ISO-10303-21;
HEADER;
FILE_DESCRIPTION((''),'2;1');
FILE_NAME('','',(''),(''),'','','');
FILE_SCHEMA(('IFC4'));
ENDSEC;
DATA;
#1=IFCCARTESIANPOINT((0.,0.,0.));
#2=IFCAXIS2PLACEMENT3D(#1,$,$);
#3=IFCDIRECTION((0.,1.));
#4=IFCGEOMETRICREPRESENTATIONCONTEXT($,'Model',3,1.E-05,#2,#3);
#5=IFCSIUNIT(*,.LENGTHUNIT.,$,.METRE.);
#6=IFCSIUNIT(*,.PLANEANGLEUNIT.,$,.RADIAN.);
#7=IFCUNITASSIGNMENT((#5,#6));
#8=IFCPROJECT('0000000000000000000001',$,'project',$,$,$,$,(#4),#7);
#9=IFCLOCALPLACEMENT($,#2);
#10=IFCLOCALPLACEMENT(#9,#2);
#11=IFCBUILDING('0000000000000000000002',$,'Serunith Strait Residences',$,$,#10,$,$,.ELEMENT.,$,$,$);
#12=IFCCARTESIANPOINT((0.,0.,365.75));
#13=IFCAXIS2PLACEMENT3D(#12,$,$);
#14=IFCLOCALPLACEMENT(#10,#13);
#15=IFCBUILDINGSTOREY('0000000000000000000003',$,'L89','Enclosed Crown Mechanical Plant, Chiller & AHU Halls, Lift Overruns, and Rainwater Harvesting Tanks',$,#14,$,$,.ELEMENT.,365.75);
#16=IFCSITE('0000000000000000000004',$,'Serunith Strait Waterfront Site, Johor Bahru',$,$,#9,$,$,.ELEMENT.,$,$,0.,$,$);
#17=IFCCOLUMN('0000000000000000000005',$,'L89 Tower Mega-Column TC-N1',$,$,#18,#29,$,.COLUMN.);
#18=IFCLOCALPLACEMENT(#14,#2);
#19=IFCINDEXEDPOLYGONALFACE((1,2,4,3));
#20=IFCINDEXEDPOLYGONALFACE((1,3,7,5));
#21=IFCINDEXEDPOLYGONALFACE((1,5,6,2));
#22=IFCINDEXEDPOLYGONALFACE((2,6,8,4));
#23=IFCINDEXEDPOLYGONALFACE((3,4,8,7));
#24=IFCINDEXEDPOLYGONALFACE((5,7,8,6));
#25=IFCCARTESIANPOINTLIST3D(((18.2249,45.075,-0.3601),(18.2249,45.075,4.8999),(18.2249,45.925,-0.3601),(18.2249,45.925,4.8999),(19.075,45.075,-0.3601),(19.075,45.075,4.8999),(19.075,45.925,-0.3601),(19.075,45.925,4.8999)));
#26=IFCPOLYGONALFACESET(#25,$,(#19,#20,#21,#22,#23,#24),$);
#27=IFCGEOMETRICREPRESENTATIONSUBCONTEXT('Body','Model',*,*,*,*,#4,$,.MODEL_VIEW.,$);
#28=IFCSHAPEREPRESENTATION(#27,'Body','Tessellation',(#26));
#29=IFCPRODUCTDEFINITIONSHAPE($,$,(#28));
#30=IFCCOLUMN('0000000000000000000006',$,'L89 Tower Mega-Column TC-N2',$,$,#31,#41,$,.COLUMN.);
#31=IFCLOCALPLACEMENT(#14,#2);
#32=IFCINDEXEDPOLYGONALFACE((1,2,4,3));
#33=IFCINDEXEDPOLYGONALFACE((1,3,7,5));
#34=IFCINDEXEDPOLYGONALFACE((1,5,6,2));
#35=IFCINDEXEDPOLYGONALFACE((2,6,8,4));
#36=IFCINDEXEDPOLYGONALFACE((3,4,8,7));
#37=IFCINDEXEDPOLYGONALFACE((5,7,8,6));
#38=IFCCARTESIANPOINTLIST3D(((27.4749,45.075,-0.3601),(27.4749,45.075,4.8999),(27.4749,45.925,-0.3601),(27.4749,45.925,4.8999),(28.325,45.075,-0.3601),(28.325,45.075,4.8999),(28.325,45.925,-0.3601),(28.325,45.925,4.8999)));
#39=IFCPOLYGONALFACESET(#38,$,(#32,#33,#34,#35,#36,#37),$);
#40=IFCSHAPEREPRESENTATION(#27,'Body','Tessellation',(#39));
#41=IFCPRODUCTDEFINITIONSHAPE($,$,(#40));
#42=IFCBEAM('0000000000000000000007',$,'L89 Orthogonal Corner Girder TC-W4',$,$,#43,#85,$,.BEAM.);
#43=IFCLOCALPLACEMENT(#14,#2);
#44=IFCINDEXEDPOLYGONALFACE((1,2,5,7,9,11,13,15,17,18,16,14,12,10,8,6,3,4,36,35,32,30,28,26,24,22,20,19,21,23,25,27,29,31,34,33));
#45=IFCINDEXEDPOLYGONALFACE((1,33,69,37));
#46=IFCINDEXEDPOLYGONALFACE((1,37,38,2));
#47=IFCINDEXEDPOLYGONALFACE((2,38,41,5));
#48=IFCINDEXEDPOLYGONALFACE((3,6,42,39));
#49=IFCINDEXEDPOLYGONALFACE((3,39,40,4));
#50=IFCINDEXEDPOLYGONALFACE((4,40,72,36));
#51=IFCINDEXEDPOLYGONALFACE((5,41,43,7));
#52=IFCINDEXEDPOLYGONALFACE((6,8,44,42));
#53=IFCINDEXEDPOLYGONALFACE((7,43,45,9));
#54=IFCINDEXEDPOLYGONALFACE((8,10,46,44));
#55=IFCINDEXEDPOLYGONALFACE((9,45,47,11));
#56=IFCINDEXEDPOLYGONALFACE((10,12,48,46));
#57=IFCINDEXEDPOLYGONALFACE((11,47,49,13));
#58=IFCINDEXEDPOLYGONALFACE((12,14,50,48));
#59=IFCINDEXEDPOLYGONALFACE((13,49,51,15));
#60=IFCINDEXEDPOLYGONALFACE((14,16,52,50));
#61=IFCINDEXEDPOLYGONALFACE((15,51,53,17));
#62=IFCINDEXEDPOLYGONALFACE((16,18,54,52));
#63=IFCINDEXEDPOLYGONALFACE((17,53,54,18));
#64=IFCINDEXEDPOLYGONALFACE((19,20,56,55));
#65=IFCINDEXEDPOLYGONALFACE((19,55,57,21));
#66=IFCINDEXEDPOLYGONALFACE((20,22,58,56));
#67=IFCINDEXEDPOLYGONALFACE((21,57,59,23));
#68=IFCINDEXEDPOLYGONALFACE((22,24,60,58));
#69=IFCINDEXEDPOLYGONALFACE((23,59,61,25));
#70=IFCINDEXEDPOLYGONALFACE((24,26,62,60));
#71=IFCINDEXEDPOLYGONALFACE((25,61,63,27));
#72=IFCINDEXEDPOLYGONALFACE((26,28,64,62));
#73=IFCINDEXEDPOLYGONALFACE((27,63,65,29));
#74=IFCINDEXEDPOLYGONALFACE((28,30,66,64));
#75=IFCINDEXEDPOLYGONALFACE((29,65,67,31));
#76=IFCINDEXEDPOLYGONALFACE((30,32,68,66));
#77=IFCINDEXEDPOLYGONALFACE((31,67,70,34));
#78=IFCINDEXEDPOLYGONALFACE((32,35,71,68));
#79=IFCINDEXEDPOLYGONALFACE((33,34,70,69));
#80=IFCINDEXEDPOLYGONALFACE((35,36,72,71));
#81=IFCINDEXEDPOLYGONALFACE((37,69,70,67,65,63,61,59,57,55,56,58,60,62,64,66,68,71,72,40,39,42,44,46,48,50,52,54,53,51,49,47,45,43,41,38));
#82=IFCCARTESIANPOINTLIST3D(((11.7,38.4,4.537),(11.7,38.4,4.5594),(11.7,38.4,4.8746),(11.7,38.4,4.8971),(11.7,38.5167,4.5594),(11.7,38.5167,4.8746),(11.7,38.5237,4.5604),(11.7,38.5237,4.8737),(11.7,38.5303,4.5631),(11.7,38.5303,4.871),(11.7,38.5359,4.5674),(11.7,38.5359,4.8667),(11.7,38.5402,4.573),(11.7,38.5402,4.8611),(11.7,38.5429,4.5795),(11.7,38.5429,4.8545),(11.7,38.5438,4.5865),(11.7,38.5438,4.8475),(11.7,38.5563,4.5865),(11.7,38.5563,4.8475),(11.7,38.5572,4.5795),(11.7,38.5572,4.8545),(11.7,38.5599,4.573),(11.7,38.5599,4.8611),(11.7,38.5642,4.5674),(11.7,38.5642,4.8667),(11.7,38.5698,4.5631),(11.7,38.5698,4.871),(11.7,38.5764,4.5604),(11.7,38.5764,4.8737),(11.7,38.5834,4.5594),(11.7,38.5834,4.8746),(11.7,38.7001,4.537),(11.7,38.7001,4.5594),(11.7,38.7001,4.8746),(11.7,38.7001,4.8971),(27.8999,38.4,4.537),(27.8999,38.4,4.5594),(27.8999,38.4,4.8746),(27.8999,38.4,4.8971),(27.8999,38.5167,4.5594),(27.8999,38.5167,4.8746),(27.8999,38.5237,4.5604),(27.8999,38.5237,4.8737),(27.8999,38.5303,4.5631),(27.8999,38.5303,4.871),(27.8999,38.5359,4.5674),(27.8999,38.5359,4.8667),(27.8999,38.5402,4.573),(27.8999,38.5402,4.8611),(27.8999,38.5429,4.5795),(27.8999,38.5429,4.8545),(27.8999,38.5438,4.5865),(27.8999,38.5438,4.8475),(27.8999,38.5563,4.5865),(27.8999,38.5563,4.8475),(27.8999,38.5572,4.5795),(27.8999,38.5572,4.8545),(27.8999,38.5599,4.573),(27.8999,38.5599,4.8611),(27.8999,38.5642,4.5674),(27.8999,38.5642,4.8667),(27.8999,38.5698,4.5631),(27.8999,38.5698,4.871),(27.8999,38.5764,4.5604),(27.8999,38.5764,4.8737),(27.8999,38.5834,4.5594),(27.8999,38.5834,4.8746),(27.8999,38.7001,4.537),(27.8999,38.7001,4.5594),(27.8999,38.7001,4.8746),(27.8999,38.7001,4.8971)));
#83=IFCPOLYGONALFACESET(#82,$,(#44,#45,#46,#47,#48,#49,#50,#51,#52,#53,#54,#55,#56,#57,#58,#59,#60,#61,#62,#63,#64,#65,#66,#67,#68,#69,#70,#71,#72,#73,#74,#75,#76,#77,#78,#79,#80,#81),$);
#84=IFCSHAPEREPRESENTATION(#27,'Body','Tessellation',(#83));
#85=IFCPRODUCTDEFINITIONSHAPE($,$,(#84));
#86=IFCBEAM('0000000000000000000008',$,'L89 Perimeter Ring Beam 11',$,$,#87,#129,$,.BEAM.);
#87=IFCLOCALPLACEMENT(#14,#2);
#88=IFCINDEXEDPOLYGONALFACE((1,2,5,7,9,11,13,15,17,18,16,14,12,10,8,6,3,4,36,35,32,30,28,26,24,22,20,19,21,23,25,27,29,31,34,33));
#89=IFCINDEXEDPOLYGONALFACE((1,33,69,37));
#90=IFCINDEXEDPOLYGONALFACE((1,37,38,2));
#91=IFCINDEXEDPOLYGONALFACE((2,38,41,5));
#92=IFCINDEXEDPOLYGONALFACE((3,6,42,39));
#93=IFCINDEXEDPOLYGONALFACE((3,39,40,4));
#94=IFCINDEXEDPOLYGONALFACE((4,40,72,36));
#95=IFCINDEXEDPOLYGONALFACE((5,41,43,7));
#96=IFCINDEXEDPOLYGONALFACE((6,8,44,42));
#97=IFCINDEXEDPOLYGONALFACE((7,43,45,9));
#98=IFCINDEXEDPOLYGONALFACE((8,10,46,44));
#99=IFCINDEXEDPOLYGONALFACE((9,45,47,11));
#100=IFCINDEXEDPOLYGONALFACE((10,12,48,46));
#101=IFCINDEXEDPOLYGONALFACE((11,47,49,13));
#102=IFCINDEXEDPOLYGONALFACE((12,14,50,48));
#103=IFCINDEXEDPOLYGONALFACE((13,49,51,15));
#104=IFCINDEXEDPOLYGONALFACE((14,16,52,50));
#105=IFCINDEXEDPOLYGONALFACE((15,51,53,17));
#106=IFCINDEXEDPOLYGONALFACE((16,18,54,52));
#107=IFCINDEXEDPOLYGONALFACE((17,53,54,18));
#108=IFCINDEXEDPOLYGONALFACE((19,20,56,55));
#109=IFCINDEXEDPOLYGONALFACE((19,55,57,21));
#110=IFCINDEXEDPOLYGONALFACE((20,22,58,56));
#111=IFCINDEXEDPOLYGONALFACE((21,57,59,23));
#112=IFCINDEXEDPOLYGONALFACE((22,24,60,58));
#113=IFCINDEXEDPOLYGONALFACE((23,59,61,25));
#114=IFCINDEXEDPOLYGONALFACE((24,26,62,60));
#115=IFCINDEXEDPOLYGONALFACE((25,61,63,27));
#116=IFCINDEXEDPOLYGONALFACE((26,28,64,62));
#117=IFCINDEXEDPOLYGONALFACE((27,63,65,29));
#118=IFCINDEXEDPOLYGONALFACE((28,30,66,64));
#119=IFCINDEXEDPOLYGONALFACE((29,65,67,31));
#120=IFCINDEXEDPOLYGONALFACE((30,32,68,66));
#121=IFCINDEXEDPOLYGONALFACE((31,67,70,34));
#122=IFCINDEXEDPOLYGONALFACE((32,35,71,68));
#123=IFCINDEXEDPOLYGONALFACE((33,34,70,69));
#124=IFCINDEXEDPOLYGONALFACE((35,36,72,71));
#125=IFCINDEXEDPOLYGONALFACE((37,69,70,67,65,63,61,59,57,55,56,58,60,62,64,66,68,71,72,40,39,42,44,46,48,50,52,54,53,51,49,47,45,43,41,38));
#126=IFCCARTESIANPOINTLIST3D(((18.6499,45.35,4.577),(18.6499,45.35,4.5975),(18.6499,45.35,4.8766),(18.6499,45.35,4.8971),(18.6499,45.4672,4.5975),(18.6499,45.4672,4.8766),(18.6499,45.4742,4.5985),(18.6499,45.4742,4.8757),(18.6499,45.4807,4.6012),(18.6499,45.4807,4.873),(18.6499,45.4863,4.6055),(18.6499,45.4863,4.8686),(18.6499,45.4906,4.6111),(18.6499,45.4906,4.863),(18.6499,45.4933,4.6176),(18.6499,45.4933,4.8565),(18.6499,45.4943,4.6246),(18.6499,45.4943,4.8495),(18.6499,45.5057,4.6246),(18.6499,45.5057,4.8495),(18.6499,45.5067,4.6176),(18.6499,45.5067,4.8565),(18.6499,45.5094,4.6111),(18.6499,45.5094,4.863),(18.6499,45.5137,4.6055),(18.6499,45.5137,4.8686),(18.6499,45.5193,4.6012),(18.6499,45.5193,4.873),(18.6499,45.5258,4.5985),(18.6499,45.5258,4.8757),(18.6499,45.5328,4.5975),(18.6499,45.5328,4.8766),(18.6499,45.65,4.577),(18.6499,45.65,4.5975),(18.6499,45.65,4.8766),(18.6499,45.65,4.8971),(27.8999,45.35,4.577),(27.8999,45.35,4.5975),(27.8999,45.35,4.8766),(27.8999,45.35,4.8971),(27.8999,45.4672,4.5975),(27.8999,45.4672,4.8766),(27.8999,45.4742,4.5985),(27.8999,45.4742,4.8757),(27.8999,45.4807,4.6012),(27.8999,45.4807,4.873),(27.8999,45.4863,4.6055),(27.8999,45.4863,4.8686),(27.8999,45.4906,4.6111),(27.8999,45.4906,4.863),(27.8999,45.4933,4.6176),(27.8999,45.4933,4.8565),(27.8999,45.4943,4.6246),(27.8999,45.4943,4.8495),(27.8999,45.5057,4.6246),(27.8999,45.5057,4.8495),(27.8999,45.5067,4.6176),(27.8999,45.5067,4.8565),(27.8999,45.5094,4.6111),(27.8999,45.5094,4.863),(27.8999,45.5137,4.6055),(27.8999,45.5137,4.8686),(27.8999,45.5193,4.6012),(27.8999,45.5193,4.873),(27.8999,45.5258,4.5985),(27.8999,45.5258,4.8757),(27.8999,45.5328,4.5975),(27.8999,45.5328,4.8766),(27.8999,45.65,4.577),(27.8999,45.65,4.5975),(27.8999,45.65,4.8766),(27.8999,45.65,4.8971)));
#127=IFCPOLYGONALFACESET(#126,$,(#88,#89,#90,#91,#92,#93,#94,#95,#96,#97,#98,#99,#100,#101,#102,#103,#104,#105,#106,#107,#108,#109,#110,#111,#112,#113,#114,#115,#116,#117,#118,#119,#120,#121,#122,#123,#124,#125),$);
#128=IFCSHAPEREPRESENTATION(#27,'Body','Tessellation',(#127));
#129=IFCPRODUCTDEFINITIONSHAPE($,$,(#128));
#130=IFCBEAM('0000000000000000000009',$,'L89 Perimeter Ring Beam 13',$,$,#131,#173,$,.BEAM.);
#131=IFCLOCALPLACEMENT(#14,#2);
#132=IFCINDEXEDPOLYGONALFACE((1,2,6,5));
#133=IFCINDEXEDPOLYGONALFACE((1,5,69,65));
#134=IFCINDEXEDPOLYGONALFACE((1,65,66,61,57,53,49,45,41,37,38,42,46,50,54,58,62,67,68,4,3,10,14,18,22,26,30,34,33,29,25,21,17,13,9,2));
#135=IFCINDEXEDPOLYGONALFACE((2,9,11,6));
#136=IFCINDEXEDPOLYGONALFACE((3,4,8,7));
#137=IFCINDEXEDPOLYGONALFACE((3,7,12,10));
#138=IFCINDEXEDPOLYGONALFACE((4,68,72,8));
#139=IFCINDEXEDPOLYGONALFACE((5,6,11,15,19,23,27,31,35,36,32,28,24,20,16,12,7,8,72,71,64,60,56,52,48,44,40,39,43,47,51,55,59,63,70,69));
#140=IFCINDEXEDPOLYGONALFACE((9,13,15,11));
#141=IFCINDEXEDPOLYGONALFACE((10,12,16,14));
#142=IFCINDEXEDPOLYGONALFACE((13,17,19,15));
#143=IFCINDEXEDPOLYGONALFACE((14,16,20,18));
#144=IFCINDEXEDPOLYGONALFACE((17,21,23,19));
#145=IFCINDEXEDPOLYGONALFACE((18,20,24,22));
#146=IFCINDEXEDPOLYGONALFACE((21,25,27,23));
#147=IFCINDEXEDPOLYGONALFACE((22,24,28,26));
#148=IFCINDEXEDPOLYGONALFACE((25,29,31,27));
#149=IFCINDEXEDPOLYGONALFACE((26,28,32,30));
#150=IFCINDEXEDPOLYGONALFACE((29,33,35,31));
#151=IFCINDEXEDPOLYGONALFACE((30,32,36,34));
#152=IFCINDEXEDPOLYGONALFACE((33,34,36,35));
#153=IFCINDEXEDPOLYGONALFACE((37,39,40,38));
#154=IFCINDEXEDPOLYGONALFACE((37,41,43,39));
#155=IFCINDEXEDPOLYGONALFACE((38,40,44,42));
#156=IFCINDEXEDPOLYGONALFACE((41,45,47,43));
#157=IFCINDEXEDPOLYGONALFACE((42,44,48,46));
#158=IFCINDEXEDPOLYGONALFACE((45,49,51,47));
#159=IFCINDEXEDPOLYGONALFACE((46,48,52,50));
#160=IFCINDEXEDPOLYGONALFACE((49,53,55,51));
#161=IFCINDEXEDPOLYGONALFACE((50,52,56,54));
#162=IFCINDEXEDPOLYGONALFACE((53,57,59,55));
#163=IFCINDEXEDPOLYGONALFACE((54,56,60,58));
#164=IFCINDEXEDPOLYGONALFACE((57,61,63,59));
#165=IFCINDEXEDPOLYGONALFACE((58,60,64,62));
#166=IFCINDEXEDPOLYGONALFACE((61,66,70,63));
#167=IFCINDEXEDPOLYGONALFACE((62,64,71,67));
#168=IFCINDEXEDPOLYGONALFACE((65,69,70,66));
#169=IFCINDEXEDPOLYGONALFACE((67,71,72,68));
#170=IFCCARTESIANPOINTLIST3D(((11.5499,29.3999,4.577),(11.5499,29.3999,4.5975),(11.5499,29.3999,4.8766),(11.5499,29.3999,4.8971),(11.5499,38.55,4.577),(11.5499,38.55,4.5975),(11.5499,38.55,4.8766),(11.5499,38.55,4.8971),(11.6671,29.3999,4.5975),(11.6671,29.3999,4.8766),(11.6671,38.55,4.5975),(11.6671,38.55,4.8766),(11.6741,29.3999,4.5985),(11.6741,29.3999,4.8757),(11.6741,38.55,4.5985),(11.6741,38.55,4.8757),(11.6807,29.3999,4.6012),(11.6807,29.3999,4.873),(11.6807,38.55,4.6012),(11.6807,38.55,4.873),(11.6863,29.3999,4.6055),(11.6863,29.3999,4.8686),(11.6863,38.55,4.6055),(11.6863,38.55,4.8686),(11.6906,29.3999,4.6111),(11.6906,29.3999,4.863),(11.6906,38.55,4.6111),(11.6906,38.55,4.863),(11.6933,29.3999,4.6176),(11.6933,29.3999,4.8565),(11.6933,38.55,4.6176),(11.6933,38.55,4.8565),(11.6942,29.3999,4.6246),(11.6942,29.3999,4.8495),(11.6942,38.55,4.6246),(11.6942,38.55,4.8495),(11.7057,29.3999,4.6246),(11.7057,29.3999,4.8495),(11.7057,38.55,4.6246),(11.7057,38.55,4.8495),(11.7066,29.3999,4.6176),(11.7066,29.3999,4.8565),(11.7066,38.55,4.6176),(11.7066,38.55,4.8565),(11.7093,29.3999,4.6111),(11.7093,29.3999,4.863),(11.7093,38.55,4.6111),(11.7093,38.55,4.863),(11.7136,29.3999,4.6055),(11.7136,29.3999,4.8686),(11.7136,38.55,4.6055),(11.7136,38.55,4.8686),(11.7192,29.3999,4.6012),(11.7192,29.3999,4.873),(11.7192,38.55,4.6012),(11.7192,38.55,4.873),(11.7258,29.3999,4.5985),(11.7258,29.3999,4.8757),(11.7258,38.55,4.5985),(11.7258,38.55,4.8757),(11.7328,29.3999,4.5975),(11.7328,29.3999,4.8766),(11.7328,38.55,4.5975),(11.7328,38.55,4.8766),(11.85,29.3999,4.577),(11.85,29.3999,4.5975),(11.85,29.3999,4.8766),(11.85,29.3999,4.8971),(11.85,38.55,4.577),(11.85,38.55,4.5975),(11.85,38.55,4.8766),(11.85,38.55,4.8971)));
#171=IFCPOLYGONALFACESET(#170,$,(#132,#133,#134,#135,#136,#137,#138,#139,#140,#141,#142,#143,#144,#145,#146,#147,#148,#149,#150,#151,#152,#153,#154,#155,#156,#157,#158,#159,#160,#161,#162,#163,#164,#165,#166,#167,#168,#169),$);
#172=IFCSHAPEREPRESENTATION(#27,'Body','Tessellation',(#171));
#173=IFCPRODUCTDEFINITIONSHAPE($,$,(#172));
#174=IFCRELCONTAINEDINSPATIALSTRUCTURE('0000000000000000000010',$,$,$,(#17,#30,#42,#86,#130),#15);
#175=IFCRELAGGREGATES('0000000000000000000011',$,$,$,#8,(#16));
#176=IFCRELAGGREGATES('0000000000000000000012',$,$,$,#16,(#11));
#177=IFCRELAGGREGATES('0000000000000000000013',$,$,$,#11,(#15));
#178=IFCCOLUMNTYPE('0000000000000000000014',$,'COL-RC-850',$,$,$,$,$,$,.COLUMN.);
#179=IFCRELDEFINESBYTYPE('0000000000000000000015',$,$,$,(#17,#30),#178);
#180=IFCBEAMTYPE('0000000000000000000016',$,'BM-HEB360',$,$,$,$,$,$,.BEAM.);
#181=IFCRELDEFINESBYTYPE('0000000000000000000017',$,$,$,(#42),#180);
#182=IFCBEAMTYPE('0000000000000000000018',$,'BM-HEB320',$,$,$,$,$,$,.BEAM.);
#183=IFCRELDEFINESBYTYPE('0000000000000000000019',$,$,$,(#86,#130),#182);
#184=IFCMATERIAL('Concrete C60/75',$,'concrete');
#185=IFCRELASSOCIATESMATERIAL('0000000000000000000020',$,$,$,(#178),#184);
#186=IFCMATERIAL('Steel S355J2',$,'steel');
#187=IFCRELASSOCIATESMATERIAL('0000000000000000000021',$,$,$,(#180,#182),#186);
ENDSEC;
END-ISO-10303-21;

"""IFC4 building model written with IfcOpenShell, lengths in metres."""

from ifc_helpers import new_model, si_unit, direction, frame, origin, origin_2d, place, context, subcontext, project, spatial, rectangle, i_section, extrude, source, transform, mapped, material, material_profile, profile_set, type_object, element, save


model = new_model("IFC4")

# Units and contexts
model_context = context("Model", 3, precision=1e-05, world=origin(), true_north=direction((0.0, 1.0)))
body_context = subcontext(model_context, "Body", "Model", "MODEL_VIEW")
ifc_project = project(units=[si_unit("LENGTHUNIT", "METRE"), si_unit("PLANEANGLEUNIT", "RADIAN")], contexts=[model_context])

# Site, building, storey
site_placement = place(None, origin())
site = spatial("IfcSite", under=ifc_project, at=site_placement, Name="Serunith Strait Waterfront Site, Johor Bahru", CompositionType="ELEMENT", RefElevation=0.0)
building_placement = place(site_placement, origin())
building = spatial("IfcBuilding", under=site, at=building_placement, Name="Serunith Strait Residences", CompositionType="ELEMENT")
storey_placement = place(building_placement, frame((0.0, 0.0, 365.75)))
storey = spatial("IfcBuildingStorey", under=building, at=storey_placement, Name="L89", Description="Enclosed Crown Mechanical Plant, Chiller & AHU Halls, Lift Overruns, and Rainwater Harvesting Tanks", CompositionType="ELEMENT", Elevation=365.75)

# Columns
ifc_material_1 = material(Name="Concrete C60/75", Category="concrete")
ifc_material_profile_1 = material_profile(ifc_material_1, rectangle(XDim=0.8501, YDim=0.8501, at=origin_2d()), Name="RC 850x850")
ifc_profile_set_1 = profile_set([ifc_material_profile_1], Name="Concrete C60/75")
column_type = type_object("IfcColumnType", Name="COL-RC-850", PredefinedType="COLUMN", material=ifc_profile_set_1)
shared_shape_1 = source(origin(), body_context, "Body", "SweptSolid", [
    extrude(rectangle(XDim=0.8501, YDim=0.8501, at=origin_2d()), origin(), (0.0, 0.0, 1.0), 5.26),
])
for number, where, z_axis, x_axis, name in (
    (1, (18.6499, 45.5, -0.3601), (0.0, 0.0, 1.0), (1.0, 0.0, 0.0), "L89 Tower Mega-Column TC-N1"),
    (2, (27.8999, 45.5, -0.3601), (0.0, 0.0, 1.0), (1.0, 0.0, 0.0), "L89 Tower Mega-Column TC-N2"),
):
    element("IfcColumn", number, at=place(storey_placement, frame(where, z_axis=z_axis, x_axis=x_axis)), inside=storey, type_object=column_type, Name=name, PredefinedType="COLUMN", context=body_context, shape_type="MappedRepresentation", body=[
        mapped(shared_shape_1, transform((0.0, 0.0, 0.0), scale=1.0)),
    ])

# Beams
ifc_material_2 = material(Name="Steel S355J2", Category="steel")
ifc_material_profile_2 = material_profile(ifc_material_2, i_section(OverallWidth=0.3, OverallDepth=0.3601, WebThickness=0.0125, FlangeThickness=0.0225, FilletRadius=0.0271, at=origin_2d()), Name="HEB 360")
ifc_profile_set_2 = profile_set([ifc_material_profile_2], Name="Steel S355J2")
beam_type_1 = type_object("IfcBeamType", Name="BM-HEB360", PredefinedType="BEAM", material=ifc_profile_set_2)
shared_shape_2 = source(origin(), body_context, "Body", "SweptSolid", [
    extrude(i_section(OverallWidth=0.3, OverallDepth=0.3601, WebThickness=0.0125, FlangeThickness=0.0225, FilletRadius=0.0271, at=origin_2d()), origin(), (0.0, 0.0, 1.0), 16.2),
])
beam_1_placement = place(storey_placement, frame((27.8999, 38.55, 4.717), z_axis=(-1.0, 0.0, 0.0), x_axis=(0.0, -1.0, 0.0)))
element("IfcBeam", 3, at=beam_1_placement, inside=storey, type_object=beam_type_1, Name="L89 Orthogonal Corner Girder TC-W4", PredefinedType="BEAM", context=body_context, shape_type="MappedRepresentation", body=[
    mapped(shared_shape_2, transform((0.0, 0.0, 0.0), scale=1.0)),
])
ifc_material_profile_3 = material_profile(ifc_material_2, i_section(OverallWidth=0.3, OverallDepth=0.3201, WebThickness=0.0115, FlangeThickness=0.0205, FilletRadius=0.0271, at=origin_2d()), Name="HEB 320")
ifc_profile_set_3 = profile_set([ifc_material_profile_3], Name="Steel S355J2")
beam_type_2 = type_object("IfcBeamType", Name="BM-HEB320", PredefinedType="BEAM", material=ifc_profile_set_3)
shared_shape_3 = source(origin(), body_context, "Body", "SweptSolid", [
    extrude(i_section(OverallWidth=0.3, OverallDepth=0.3201, WebThickness=0.0115, FlangeThickness=0.0205, FilletRadius=0.0271, at=origin_2d()), origin(), (0.0, 0.0, 1.0), 9.25),
])
beam_2_placement = place(storey_placement, frame((27.8999, 45.5, 4.7371), z_axis=(-1.0, 0.0, 0.0), x_axis=(0.0, -1.0, 0.0)))
element("IfcBeam", 4, at=beam_2_placement, inside=storey, type_object=beam_type_2, Name="L89 Perimeter Ring Beam 11", PredefinedType="BEAM", context=body_context, shape_type="MappedRepresentation", body=[
    mapped(shared_shape_3, transform((0.0, 0.0, 0.0), scale=1.0)),
])
shared_shape_4 = source(origin(), body_context, "Body", "SweptSolid", [
    extrude(i_section(OverallWidth=0.3, OverallDepth=0.3201, WebThickness=0.0115, FlangeThickness=0.0205, FilletRadius=0.0271, at=origin_2d()), origin(), (0.0, 0.0, 1.0), 9.1501),
])
beam_3_placement = place(storey_placement, frame((11.7, 38.55, 4.7371), z_axis=(0.0, -1.0, 0.0), x_axis=(1.0, 0.0, 0.0)))
element("IfcBeam", 5, at=beam_3_placement, inside=storey, type_object=beam_type_2, Name="L89 Perimeter Ring Beam 13", PredefinedType="BEAM", context=body_context, shape_type="MappedRepresentation", body=[
    mapped(shared_shape_4, transform((0.0, 0.0, 0.0), scale=1.0)),
])

save(model, "model.ifc")
